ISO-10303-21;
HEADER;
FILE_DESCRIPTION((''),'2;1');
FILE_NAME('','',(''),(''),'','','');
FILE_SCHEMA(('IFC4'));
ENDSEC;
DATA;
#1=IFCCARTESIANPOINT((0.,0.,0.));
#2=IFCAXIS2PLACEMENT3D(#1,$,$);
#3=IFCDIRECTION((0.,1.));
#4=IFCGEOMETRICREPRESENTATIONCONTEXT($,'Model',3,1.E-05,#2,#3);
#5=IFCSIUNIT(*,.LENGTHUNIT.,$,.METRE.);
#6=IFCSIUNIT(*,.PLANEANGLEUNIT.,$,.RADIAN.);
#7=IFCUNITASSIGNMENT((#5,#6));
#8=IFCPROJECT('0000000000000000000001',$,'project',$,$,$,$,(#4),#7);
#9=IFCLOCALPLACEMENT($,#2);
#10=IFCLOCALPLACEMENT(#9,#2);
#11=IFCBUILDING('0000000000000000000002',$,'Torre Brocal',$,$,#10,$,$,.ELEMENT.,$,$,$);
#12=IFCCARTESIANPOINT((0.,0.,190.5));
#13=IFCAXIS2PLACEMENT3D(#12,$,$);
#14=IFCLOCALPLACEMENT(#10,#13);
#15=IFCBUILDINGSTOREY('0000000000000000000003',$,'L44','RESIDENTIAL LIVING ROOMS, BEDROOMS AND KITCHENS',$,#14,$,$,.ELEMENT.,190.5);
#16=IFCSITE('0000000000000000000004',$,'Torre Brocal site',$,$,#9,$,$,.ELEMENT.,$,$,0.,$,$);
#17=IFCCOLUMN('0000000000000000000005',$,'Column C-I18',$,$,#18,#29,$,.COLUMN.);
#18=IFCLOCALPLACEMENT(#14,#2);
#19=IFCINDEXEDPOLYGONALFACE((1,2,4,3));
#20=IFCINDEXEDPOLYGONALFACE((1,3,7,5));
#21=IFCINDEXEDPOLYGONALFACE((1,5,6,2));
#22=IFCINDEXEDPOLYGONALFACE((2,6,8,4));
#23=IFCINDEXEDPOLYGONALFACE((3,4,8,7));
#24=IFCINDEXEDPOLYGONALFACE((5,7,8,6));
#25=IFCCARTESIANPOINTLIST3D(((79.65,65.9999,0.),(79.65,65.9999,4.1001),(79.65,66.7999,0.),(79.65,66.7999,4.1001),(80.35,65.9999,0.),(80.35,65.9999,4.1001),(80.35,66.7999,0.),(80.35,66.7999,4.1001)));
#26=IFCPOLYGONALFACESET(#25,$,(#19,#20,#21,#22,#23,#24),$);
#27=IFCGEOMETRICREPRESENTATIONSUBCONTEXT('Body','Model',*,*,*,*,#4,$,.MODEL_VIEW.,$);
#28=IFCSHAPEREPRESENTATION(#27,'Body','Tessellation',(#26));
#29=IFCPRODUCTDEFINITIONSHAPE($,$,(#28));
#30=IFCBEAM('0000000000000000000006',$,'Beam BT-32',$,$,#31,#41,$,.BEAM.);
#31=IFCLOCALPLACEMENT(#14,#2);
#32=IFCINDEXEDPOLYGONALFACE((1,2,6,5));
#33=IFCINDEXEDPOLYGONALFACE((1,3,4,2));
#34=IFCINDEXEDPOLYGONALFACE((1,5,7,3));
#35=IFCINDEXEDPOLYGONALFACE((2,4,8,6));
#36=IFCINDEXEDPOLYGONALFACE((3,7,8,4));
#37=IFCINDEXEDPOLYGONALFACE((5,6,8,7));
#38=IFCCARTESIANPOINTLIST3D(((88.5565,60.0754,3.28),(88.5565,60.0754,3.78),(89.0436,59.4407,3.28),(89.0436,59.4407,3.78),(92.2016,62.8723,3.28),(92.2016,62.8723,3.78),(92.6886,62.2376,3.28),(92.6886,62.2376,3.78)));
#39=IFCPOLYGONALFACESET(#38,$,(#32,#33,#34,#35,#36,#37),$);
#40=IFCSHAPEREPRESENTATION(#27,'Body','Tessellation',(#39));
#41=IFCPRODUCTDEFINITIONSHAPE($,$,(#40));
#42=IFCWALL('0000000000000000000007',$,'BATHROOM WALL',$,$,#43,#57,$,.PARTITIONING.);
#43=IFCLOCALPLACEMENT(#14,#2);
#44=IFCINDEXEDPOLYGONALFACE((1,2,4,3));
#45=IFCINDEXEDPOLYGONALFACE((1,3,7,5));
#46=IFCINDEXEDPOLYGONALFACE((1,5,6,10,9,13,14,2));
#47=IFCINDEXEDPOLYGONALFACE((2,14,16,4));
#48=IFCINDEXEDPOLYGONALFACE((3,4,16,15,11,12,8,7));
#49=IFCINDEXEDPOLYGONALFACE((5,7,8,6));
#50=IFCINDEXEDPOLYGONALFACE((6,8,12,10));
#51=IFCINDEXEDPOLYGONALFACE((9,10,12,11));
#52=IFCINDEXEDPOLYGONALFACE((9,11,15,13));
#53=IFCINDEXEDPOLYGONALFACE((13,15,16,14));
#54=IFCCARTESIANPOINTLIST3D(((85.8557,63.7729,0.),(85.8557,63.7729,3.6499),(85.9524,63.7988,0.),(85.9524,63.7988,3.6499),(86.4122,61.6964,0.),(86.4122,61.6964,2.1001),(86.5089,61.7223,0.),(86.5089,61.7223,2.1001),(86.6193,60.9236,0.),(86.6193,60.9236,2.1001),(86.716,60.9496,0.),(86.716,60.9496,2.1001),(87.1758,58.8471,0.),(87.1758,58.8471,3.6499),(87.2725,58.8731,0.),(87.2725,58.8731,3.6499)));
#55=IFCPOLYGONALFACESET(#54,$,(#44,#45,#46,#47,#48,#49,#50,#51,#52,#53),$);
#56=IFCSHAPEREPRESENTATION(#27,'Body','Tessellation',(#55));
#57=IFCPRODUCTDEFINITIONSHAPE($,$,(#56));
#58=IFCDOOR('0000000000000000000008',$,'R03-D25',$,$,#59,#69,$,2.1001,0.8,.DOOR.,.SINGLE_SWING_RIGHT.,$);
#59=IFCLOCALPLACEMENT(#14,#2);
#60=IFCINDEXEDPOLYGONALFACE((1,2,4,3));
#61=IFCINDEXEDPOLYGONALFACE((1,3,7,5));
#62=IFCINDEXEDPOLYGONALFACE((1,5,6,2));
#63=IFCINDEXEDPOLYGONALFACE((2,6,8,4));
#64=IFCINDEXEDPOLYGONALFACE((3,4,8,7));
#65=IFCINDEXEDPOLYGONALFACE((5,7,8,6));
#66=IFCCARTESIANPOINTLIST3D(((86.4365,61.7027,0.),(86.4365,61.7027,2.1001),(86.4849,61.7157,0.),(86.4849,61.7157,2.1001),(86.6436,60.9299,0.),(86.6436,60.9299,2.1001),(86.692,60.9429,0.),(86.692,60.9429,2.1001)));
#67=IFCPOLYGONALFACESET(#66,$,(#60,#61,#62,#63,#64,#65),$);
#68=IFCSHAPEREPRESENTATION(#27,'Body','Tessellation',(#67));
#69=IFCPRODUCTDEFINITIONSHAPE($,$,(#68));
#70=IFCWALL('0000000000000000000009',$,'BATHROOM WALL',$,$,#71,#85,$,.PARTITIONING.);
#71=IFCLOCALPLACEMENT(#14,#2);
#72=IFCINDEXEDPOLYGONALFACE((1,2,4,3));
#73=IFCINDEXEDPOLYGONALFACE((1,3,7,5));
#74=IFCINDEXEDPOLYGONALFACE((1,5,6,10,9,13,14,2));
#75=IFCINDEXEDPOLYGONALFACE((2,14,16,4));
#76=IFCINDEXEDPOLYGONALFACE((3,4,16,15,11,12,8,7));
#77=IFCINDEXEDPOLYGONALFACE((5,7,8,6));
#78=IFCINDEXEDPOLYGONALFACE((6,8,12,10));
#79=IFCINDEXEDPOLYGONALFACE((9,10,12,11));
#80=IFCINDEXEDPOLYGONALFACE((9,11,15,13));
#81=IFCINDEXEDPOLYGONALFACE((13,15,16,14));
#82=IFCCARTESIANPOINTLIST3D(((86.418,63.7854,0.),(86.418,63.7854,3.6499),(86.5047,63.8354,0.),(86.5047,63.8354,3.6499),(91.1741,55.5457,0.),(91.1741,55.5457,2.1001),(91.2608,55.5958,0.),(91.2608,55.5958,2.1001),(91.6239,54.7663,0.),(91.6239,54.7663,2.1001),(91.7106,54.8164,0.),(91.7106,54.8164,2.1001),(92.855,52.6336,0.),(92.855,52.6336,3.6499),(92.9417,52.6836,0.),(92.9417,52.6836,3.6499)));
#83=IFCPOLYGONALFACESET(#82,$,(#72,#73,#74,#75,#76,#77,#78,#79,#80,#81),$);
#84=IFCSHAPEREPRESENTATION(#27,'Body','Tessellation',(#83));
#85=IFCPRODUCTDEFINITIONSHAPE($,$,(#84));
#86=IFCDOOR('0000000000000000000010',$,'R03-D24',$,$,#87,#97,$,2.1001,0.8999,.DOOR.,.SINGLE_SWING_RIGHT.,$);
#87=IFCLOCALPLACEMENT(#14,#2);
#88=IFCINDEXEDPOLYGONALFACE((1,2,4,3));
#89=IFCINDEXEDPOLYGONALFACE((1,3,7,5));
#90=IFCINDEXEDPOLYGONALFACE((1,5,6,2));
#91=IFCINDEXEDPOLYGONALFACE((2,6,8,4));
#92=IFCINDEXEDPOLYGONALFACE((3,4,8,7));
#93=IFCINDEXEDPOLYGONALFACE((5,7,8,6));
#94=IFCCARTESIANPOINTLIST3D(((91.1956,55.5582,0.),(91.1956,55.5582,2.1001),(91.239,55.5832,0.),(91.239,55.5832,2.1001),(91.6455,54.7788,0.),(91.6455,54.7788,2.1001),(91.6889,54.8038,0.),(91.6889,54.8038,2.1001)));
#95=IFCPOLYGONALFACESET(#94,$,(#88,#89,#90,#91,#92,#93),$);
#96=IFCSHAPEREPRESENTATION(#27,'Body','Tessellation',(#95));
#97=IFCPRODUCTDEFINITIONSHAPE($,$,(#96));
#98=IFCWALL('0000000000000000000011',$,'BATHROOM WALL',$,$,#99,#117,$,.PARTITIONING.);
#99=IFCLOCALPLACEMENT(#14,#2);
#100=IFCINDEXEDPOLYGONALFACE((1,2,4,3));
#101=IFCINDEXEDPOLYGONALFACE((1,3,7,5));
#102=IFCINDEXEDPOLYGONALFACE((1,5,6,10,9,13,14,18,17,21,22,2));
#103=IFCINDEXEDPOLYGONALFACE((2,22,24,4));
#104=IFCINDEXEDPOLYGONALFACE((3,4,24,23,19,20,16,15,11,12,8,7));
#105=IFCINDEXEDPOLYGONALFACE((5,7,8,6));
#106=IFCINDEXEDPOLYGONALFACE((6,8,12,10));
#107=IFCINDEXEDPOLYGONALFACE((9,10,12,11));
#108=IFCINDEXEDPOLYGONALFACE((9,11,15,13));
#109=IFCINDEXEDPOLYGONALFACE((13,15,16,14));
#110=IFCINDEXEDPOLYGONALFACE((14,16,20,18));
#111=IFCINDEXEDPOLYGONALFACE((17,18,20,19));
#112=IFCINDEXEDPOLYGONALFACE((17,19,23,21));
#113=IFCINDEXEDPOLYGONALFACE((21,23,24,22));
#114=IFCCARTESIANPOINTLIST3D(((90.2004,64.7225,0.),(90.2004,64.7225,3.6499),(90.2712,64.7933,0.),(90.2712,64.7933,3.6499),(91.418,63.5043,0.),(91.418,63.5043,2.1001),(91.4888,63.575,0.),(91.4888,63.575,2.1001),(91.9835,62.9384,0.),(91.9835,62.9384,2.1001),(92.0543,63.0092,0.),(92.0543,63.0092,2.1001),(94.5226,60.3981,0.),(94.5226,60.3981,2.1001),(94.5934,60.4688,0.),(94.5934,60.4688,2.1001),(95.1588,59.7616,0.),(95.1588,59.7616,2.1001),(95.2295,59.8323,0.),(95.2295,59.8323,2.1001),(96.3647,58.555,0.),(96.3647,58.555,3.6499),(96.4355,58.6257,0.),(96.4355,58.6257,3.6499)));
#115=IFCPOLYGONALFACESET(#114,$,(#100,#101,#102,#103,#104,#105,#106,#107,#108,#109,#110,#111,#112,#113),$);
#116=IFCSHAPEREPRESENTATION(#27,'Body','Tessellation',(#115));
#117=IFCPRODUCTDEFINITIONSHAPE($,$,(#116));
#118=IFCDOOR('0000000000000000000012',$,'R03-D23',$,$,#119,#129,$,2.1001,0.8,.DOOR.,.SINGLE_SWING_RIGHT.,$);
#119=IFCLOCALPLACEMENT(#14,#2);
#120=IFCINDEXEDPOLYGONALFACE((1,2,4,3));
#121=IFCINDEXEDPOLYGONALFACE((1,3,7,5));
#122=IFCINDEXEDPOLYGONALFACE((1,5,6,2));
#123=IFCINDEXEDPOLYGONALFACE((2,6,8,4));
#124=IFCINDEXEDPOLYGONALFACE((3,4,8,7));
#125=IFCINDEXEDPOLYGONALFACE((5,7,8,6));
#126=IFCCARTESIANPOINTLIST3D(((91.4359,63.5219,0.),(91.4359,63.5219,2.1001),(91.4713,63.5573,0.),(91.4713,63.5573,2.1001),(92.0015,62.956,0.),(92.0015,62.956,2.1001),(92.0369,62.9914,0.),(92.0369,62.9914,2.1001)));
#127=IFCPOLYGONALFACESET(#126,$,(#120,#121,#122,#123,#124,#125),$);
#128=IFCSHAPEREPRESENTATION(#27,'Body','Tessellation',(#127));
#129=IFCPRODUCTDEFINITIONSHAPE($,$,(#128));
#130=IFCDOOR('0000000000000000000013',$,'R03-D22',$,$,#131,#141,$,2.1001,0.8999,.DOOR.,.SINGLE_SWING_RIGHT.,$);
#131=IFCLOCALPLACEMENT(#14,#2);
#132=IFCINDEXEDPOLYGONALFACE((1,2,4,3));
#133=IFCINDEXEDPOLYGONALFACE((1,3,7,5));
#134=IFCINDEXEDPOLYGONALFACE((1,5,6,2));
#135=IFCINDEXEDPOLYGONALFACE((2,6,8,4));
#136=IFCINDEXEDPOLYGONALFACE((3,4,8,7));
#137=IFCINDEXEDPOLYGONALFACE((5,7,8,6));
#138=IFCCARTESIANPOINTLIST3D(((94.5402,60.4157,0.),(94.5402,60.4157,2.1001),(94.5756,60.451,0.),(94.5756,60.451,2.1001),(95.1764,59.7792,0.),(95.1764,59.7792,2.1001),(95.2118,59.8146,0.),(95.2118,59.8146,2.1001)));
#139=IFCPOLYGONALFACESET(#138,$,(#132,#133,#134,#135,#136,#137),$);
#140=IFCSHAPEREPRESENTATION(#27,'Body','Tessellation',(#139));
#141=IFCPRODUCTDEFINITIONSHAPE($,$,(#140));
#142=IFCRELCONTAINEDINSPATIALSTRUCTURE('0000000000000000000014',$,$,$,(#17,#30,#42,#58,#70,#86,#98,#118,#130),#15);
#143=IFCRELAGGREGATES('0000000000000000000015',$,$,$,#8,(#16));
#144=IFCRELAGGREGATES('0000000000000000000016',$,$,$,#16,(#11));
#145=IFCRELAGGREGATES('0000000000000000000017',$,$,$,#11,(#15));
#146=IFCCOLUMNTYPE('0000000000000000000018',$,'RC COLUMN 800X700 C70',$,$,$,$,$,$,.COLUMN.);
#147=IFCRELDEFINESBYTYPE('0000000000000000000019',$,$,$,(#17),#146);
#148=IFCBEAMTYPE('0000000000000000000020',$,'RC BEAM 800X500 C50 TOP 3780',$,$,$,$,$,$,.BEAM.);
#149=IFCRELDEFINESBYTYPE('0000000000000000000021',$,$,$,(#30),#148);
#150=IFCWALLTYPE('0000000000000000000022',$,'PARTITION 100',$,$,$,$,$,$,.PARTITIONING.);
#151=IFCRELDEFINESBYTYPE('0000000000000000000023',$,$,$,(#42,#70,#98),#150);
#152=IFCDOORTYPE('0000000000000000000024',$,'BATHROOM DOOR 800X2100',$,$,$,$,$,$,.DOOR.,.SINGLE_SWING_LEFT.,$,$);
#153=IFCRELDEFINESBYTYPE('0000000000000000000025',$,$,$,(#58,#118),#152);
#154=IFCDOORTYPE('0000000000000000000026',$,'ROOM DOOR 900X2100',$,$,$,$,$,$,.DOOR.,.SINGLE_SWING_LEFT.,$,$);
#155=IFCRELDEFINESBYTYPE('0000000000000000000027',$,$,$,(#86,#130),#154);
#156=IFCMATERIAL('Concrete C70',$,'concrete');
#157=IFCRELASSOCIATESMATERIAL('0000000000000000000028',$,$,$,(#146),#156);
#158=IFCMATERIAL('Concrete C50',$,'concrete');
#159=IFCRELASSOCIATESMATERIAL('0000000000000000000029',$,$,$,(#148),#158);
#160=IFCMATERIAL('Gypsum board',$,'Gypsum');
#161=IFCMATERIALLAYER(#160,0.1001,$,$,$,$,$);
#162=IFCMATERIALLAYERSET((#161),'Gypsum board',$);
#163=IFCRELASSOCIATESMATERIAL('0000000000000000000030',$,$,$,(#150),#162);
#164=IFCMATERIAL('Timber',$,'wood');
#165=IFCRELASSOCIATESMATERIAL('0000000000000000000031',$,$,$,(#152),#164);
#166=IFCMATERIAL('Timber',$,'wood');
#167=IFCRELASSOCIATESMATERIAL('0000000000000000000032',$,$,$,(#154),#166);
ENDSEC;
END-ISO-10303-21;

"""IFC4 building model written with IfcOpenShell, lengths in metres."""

from ifc_helpers import new_model, si_unit, direction, frame, frame_2d, origin, origin_2d, place, context, subcontext, project, spatial, rectangle, extrude, material, layer, layer_set, material_profile, profile_set, type_object, element, fill, save


model = new_model("IFC4")

# Units and contexts
model_context = context("Model", 3, precision=1e-05, world=origin(), true_north=direction((0.0, 1.0)))
body_context = subcontext(model_context, "Body", "Model", "MODEL_VIEW")
ifc_project = project(units=[si_unit("LENGTHUNIT", "METRE"), si_unit("PLANEANGLEUNIT", "RADIAN")], contexts=[model_context])

# Site, building, storey
site_placement = place(None, origin())
site = spatial("IfcSite", under=ifc_project, at=site_placement, Name="Torre Brocal site", CompositionType="ELEMENT", RefElevation=0.0)
building_placement = place(site_placement, origin())
building = spatial("IfcBuilding", under=site, at=building_placement, Name="Torre Brocal", CompositionType="ELEMENT")
storey_placement = place(building_placement, frame((0.0, 0.0, 190.5)))
storey = spatial("IfcBuildingStorey", under=building, at=storey_placement, Name="L44", Description="RESIDENTIAL LIVING ROOMS, BEDROOMS AND KITCHENS", CompositionType="ELEMENT", Elevation=190.5)

# Column
ifc_material_1 = material(Name="Concrete C70", Category="concrete")
ifc_material_profile_1 = material_profile(ifc_material_1, rectangle(XDim=0.8, YDim=0.7, at=origin_2d()), Name="RC 800X700")
ifc_profile_set_1 = profile_set([ifc_material_profile_1], Name="Concrete C70")
column_type = type_object("IfcColumnType", Name="RC COLUMN 800X700 C70", PredefinedType="COLUMN", material=ifc_profile_set_1)
column_placement = place(storey_placement, frame((80.0, 66.3999, 0.0), z_axis=(0.0, 0.0, 1.0), x_axis=(0.0, -1.0, 0.0)))
element("IfcColumn", 1, at=column_placement, inside=storey, type_object=column_type, Name="Column C-I18", PredefinedType="COLUMN", context=body_context, shape_type="SweptSolid", body=[
    extrude(rectangle(XDim=0.8, YDim=0.7, at=origin_2d()), origin(), (0.0, 0.0, 1.0), 4.1001),
])

# Beam
ifc_material_2 = material(Name="Concrete C50", Category="concrete")
ifc_material_profile_2 = material_profile(ifc_material_2, rectangle(XDim=0.8, YDim=0.5, at=origin_2d()), Name="RC 800X500")
ifc_profile_set_2 = profile_set([ifc_material_profile_2], Name="Concrete C50")
beam_type = type_object("IfcBeamType", Name="RC BEAM 800X500 C50 TOP 3780", PredefinedType="BEAM", material=ifc_profile_set_2)
beam_placement = place(storey_placement, frame((88.8, 59.7581, 3.53), z_axis=(0.793358, 0.608755, 0.0), x_axis=(-0.608755, 0.793358, 0.0)))
element("IfcBeam", 2, at=beam_placement, inside=storey, type_object=beam_type, Name="Beam BT-32", PredefinedType="BEAM", context=body_context, shape_type="SweptSolid", body=[
    extrude(rectangle(XDim=0.8, YDim=0.5, at=origin_2d()), origin(), (0.0, 0.0, 1.0), 4.5945),
])

# Walls, openings, doors
ifc_material_3 = material(Name="Gypsum board", Category="Gypsum")
ifc_layer_1 = layer(ifc_material_3, 0.1001)
ifc_layer_set_1 = layer_set([ifc_layer_1], Name="Gypsum board")
wall_type_1 = type_object("IfcWallType", Name="PARTITION 100", PredefinedType="PARTITIONING", material=ifc_layer_set_1)
wall_1_placement = place(storey_placement, frame((85.9041, 63.7859, 0.0), z_axis=(0.0, 0.0, 1.0), x_axis=(0.258857, -0.965916, 0.0)))
wall_1 = element("IfcWall", 3, at=wall_1_placement, inside=storey, type_object=wall_type_1, Name="BATHROOM WALL", PredefinedType="PARTITIONING", context=body_context, shape_type="SweptSolid", body=[
    extrude(rectangle(XDim=5.0996, YDim=0.1001, at=frame_2d((2.5498, 0.0))), origin(), (0.0, 0.0, 1.0), 3.6499),
])
opening_1_placement = place(wall_1_placement, frame((2.1499, 0.0, 0.0)))
opening_1 = element("IfcOpeningElement", 4, at=opening_1_placement, cuts=wall_1, PredefinedType="OPENING", context=body_context, shape_type="SweptSolid", body=[
    extrude(rectangle(XDim=0.8, YDim=2.1001, at=frame_2d((0.3999, 1.05))), frame((0.0, 0.0601, 0.0), z_axis=(0.0, -1.0, 0.0), x_axis=(1.0, 0.0, 0.0)), (0.0, 0.0, 1.0), 0.1201),
])
ifc_material_4 = material(Name="Timber", Category="wood")
door_type_1 = type_object("IfcDoorType", Name="BATHROOM DOOR 800X2100", OperationType="SINGLE_SWING_LEFT", PredefinedType="DOOR", material=ifc_material_4)
door_1_placement = place(opening_1_placement, frame((0.8, 0.0, 0.0), z_axis=(0.0, 0.0, 1.0), x_axis=(-1.0, 0.0, 0.0)))
door_1 = element("IfcDoor", 5, at=door_1_placement, inside=storey, type_object=door_type_1, Name="R03-D25", OperationType="SINGLE_SWING_RIGHT", OverallHeight=2.1001, OverallWidth=0.8, PredefinedType="DOOR", context=body_context, shape_type="SweptSolid", body=[
    extrude(rectangle(XDim=0.8, YDim=2.1001, at=frame_2d((0.3999, 1.05))), frame((0.0, 0.0249, 0.0), z_axis=(0.0, -1.0, 0.0), x_axis=(1.0, 0.0, 0.0)), (0.0, 0.0, 1.0), 0.05),
])
fill(opening_1, door_1)
wall_2_placement = place(storey_placement, frame((86.4614, 63.8103, 0.0), z_axis=(0.0, 0.0, 1.0), x_axis=(0.499912, -0.866076, 0.0)))
wall_2 = element("IfcWall", 6, at=wall_2_placement, inside=storey, type_object=wall_type_1, Name="BATHROOM WALL", PredefinedType="PARTITIONING", context=body_context, shape_type="SweptSolid", body=[
    extrude(rectangle(XDim=12.8762, YDim=0.1001, at=frame_2d((6.438, 0.0))), origin(), (0.0, 0.0, 1.0), 3.6499),
])
opening_2_placement = place(wall_2_placement, frame((9.5137, 0.0, 0.0)))
opening_2 = element("IfcOpeningElement", 7, at=opening_2_placement, cuts=wall_2, PredefinedType="OPENING", context=body_context, shape_type="SweptSolid", body=[
    extrude(rectangle(XDim=0.8999, YDim=2.1001, at=frame_2d((0.45, 1.05))), frame((0.0, 0.0601, 0.0), z_axis=(0.0, -1.0, 0.0), x_axis=(1.0, 0.0, 0.0)), (0.0, 0.0, 1.0), 0.1201),
])
ifc_material_5 = material(Name="Timber", Category="wood")
door_type_2 = type_object("IfcDoorType", Name="ROOM DOOR 900X2100", OperationType="SINGLE_SWING_LEFT", PredefinedType="DOOR", material=ifc_material_5)
door_2_placement = place(opening_2_placement, origin())
door_2 = element("IfcDoor", 8, at=door_2_placement, inside=storey, type_object=door_type_2, Name="R03-D24", OperationType="SINGLE_SWING_RIGHT", OverallHeight=2.1001, OverallWidth=0.8999, PredefinedType="DOOR", context=body_context, shape_type="SweptSolid", body=[
    extrude(rectangle(XDim=0.8999, YDim=2.1001, at=frame_2d((0.45, 1.05))), frame((0.0, 0.0249, 0.0), z_axis=(0.0, -1.0, 0.0), x_axis=(1.0, 0.0, 0.0)), (0.0, 0.0, 1.0), 0.05),
])
fill(opening_2, door_2)

# Wall, openings, doors
wall_3_placement = place(storey_placement, frame((90.2358, 64.7578, 0.0), z_axis=(0.0, 0.0, 1.0), x_axis=(0.706925, -0.707289, 0.0)))
wall_3 = element("IfcWall", 9, at=wall_3_placement, inside=storey, type_object=wall_type_1, Name="BATHROOM WALL", PredefinedType="PARTITIONING", context=body_context, shape_type="SweptSolid", body=[
    extrude(rectangle(XDim=8.72, YDim=0.1001, at=frame_2d((4.3599, 0.0))), origin(), (0.0, 0.0, 1.0), 3.6499),
])
opening_3_placement = place(wall_3_placement, frame((6.114, 0.0, 0.0)))
opening_3 = element("IfcOpeningElement", 10, at=opening_3_placement, cuts=wall_3, PredefinedType="OPENING", context=body_context, shape_type="SweptSolid", body=[
    extrude(rectangle(XDim=0.8999, YDim=2.1001, at=frame_2d((0.45, 1.05))), frame((0.0, 0.0601, 0.0), z_axis=(0.0, -1.0, 0.0), x_axis=(1.0, 0.0, 0.0)), (0.0, 0.0, 1.0), 0.1201),
])
opening_4_placement = place(wall_3_placement, frame((1.7224, 0.0, 0.0)))
opening_4 = element("IfcOpeningElement", 11, at=opening_4_placement, cuts=wall_3, PredefinedType="OPENING", context=body_context, shape_type="SweptSolid", body=[
    extrude(rectangle(XDim=0.8, YDim=2.1001, at=frame_2d((0.3999, 1.05))), frame((0.0, 0.0601, 0.0), z_axis=(0.0, -1.0, 0.0), x_axis=(1.0, 0.0, 0.0)), (0.0, 0.0, 1.0), 0.1201),
])
door_3_placement = place(opening_4_placement, frame((0.8, 0.0, 0.0), z_axis=(0.0, 0.0, 1.0), x_axis=(-1.0, 0.0, 0.0)))
door_3 = element("IfcDoor", 12, at=door_3_placement, inside=storey, type_object=door_type_1, Name="R03-D23", OperationType="SINGLE_SWING_RIGHT", OverallHeight=2.1001, OverallWidth=0.8, PredefinedType="DOOR", context=body_context, shape_type="SweptSolid", body=[
    extrude(rectangle(XDim=0.8, YDim=2.1001, at=frame_2d((0.3999, 1.05))), frame((0.0, 0.0249, 0.0), z_axis=(0.0, -1.0, 0.0), x_axis=(1.0, 0.0, 0.0)), (0.0, 0.0, 1.0), 0.05),
])
fill(opening_4, door_3)
door_4_placement = place(opening_3_placement, origin())
door_4 = element("IfcDoor", 13, at=door_4_placement, inside=storey, type_object=door_type_2, Name="R03-D22", OperationType="SINGLE_SWING_RIGHT", OverallHeight=2.1001, OverallWidth=0.8999, PredefinedType="DOOR", context=body_context, shape_type="SweptSolid", body=[
    extrude(rectangle(XDim=0.8999, YDim=2.1001, at=frame_2d((0.45, 1.05))), frame((0.0, 0.0249, 0.0), z_axis=(0.0, -1.0, 0.0), x_axis=(1.0, 0.0, 0.0)), (0.0, 0.0, 1.0), 0.05),
])
fill(opening_3, door_4)

save(model, "model.ifc")
